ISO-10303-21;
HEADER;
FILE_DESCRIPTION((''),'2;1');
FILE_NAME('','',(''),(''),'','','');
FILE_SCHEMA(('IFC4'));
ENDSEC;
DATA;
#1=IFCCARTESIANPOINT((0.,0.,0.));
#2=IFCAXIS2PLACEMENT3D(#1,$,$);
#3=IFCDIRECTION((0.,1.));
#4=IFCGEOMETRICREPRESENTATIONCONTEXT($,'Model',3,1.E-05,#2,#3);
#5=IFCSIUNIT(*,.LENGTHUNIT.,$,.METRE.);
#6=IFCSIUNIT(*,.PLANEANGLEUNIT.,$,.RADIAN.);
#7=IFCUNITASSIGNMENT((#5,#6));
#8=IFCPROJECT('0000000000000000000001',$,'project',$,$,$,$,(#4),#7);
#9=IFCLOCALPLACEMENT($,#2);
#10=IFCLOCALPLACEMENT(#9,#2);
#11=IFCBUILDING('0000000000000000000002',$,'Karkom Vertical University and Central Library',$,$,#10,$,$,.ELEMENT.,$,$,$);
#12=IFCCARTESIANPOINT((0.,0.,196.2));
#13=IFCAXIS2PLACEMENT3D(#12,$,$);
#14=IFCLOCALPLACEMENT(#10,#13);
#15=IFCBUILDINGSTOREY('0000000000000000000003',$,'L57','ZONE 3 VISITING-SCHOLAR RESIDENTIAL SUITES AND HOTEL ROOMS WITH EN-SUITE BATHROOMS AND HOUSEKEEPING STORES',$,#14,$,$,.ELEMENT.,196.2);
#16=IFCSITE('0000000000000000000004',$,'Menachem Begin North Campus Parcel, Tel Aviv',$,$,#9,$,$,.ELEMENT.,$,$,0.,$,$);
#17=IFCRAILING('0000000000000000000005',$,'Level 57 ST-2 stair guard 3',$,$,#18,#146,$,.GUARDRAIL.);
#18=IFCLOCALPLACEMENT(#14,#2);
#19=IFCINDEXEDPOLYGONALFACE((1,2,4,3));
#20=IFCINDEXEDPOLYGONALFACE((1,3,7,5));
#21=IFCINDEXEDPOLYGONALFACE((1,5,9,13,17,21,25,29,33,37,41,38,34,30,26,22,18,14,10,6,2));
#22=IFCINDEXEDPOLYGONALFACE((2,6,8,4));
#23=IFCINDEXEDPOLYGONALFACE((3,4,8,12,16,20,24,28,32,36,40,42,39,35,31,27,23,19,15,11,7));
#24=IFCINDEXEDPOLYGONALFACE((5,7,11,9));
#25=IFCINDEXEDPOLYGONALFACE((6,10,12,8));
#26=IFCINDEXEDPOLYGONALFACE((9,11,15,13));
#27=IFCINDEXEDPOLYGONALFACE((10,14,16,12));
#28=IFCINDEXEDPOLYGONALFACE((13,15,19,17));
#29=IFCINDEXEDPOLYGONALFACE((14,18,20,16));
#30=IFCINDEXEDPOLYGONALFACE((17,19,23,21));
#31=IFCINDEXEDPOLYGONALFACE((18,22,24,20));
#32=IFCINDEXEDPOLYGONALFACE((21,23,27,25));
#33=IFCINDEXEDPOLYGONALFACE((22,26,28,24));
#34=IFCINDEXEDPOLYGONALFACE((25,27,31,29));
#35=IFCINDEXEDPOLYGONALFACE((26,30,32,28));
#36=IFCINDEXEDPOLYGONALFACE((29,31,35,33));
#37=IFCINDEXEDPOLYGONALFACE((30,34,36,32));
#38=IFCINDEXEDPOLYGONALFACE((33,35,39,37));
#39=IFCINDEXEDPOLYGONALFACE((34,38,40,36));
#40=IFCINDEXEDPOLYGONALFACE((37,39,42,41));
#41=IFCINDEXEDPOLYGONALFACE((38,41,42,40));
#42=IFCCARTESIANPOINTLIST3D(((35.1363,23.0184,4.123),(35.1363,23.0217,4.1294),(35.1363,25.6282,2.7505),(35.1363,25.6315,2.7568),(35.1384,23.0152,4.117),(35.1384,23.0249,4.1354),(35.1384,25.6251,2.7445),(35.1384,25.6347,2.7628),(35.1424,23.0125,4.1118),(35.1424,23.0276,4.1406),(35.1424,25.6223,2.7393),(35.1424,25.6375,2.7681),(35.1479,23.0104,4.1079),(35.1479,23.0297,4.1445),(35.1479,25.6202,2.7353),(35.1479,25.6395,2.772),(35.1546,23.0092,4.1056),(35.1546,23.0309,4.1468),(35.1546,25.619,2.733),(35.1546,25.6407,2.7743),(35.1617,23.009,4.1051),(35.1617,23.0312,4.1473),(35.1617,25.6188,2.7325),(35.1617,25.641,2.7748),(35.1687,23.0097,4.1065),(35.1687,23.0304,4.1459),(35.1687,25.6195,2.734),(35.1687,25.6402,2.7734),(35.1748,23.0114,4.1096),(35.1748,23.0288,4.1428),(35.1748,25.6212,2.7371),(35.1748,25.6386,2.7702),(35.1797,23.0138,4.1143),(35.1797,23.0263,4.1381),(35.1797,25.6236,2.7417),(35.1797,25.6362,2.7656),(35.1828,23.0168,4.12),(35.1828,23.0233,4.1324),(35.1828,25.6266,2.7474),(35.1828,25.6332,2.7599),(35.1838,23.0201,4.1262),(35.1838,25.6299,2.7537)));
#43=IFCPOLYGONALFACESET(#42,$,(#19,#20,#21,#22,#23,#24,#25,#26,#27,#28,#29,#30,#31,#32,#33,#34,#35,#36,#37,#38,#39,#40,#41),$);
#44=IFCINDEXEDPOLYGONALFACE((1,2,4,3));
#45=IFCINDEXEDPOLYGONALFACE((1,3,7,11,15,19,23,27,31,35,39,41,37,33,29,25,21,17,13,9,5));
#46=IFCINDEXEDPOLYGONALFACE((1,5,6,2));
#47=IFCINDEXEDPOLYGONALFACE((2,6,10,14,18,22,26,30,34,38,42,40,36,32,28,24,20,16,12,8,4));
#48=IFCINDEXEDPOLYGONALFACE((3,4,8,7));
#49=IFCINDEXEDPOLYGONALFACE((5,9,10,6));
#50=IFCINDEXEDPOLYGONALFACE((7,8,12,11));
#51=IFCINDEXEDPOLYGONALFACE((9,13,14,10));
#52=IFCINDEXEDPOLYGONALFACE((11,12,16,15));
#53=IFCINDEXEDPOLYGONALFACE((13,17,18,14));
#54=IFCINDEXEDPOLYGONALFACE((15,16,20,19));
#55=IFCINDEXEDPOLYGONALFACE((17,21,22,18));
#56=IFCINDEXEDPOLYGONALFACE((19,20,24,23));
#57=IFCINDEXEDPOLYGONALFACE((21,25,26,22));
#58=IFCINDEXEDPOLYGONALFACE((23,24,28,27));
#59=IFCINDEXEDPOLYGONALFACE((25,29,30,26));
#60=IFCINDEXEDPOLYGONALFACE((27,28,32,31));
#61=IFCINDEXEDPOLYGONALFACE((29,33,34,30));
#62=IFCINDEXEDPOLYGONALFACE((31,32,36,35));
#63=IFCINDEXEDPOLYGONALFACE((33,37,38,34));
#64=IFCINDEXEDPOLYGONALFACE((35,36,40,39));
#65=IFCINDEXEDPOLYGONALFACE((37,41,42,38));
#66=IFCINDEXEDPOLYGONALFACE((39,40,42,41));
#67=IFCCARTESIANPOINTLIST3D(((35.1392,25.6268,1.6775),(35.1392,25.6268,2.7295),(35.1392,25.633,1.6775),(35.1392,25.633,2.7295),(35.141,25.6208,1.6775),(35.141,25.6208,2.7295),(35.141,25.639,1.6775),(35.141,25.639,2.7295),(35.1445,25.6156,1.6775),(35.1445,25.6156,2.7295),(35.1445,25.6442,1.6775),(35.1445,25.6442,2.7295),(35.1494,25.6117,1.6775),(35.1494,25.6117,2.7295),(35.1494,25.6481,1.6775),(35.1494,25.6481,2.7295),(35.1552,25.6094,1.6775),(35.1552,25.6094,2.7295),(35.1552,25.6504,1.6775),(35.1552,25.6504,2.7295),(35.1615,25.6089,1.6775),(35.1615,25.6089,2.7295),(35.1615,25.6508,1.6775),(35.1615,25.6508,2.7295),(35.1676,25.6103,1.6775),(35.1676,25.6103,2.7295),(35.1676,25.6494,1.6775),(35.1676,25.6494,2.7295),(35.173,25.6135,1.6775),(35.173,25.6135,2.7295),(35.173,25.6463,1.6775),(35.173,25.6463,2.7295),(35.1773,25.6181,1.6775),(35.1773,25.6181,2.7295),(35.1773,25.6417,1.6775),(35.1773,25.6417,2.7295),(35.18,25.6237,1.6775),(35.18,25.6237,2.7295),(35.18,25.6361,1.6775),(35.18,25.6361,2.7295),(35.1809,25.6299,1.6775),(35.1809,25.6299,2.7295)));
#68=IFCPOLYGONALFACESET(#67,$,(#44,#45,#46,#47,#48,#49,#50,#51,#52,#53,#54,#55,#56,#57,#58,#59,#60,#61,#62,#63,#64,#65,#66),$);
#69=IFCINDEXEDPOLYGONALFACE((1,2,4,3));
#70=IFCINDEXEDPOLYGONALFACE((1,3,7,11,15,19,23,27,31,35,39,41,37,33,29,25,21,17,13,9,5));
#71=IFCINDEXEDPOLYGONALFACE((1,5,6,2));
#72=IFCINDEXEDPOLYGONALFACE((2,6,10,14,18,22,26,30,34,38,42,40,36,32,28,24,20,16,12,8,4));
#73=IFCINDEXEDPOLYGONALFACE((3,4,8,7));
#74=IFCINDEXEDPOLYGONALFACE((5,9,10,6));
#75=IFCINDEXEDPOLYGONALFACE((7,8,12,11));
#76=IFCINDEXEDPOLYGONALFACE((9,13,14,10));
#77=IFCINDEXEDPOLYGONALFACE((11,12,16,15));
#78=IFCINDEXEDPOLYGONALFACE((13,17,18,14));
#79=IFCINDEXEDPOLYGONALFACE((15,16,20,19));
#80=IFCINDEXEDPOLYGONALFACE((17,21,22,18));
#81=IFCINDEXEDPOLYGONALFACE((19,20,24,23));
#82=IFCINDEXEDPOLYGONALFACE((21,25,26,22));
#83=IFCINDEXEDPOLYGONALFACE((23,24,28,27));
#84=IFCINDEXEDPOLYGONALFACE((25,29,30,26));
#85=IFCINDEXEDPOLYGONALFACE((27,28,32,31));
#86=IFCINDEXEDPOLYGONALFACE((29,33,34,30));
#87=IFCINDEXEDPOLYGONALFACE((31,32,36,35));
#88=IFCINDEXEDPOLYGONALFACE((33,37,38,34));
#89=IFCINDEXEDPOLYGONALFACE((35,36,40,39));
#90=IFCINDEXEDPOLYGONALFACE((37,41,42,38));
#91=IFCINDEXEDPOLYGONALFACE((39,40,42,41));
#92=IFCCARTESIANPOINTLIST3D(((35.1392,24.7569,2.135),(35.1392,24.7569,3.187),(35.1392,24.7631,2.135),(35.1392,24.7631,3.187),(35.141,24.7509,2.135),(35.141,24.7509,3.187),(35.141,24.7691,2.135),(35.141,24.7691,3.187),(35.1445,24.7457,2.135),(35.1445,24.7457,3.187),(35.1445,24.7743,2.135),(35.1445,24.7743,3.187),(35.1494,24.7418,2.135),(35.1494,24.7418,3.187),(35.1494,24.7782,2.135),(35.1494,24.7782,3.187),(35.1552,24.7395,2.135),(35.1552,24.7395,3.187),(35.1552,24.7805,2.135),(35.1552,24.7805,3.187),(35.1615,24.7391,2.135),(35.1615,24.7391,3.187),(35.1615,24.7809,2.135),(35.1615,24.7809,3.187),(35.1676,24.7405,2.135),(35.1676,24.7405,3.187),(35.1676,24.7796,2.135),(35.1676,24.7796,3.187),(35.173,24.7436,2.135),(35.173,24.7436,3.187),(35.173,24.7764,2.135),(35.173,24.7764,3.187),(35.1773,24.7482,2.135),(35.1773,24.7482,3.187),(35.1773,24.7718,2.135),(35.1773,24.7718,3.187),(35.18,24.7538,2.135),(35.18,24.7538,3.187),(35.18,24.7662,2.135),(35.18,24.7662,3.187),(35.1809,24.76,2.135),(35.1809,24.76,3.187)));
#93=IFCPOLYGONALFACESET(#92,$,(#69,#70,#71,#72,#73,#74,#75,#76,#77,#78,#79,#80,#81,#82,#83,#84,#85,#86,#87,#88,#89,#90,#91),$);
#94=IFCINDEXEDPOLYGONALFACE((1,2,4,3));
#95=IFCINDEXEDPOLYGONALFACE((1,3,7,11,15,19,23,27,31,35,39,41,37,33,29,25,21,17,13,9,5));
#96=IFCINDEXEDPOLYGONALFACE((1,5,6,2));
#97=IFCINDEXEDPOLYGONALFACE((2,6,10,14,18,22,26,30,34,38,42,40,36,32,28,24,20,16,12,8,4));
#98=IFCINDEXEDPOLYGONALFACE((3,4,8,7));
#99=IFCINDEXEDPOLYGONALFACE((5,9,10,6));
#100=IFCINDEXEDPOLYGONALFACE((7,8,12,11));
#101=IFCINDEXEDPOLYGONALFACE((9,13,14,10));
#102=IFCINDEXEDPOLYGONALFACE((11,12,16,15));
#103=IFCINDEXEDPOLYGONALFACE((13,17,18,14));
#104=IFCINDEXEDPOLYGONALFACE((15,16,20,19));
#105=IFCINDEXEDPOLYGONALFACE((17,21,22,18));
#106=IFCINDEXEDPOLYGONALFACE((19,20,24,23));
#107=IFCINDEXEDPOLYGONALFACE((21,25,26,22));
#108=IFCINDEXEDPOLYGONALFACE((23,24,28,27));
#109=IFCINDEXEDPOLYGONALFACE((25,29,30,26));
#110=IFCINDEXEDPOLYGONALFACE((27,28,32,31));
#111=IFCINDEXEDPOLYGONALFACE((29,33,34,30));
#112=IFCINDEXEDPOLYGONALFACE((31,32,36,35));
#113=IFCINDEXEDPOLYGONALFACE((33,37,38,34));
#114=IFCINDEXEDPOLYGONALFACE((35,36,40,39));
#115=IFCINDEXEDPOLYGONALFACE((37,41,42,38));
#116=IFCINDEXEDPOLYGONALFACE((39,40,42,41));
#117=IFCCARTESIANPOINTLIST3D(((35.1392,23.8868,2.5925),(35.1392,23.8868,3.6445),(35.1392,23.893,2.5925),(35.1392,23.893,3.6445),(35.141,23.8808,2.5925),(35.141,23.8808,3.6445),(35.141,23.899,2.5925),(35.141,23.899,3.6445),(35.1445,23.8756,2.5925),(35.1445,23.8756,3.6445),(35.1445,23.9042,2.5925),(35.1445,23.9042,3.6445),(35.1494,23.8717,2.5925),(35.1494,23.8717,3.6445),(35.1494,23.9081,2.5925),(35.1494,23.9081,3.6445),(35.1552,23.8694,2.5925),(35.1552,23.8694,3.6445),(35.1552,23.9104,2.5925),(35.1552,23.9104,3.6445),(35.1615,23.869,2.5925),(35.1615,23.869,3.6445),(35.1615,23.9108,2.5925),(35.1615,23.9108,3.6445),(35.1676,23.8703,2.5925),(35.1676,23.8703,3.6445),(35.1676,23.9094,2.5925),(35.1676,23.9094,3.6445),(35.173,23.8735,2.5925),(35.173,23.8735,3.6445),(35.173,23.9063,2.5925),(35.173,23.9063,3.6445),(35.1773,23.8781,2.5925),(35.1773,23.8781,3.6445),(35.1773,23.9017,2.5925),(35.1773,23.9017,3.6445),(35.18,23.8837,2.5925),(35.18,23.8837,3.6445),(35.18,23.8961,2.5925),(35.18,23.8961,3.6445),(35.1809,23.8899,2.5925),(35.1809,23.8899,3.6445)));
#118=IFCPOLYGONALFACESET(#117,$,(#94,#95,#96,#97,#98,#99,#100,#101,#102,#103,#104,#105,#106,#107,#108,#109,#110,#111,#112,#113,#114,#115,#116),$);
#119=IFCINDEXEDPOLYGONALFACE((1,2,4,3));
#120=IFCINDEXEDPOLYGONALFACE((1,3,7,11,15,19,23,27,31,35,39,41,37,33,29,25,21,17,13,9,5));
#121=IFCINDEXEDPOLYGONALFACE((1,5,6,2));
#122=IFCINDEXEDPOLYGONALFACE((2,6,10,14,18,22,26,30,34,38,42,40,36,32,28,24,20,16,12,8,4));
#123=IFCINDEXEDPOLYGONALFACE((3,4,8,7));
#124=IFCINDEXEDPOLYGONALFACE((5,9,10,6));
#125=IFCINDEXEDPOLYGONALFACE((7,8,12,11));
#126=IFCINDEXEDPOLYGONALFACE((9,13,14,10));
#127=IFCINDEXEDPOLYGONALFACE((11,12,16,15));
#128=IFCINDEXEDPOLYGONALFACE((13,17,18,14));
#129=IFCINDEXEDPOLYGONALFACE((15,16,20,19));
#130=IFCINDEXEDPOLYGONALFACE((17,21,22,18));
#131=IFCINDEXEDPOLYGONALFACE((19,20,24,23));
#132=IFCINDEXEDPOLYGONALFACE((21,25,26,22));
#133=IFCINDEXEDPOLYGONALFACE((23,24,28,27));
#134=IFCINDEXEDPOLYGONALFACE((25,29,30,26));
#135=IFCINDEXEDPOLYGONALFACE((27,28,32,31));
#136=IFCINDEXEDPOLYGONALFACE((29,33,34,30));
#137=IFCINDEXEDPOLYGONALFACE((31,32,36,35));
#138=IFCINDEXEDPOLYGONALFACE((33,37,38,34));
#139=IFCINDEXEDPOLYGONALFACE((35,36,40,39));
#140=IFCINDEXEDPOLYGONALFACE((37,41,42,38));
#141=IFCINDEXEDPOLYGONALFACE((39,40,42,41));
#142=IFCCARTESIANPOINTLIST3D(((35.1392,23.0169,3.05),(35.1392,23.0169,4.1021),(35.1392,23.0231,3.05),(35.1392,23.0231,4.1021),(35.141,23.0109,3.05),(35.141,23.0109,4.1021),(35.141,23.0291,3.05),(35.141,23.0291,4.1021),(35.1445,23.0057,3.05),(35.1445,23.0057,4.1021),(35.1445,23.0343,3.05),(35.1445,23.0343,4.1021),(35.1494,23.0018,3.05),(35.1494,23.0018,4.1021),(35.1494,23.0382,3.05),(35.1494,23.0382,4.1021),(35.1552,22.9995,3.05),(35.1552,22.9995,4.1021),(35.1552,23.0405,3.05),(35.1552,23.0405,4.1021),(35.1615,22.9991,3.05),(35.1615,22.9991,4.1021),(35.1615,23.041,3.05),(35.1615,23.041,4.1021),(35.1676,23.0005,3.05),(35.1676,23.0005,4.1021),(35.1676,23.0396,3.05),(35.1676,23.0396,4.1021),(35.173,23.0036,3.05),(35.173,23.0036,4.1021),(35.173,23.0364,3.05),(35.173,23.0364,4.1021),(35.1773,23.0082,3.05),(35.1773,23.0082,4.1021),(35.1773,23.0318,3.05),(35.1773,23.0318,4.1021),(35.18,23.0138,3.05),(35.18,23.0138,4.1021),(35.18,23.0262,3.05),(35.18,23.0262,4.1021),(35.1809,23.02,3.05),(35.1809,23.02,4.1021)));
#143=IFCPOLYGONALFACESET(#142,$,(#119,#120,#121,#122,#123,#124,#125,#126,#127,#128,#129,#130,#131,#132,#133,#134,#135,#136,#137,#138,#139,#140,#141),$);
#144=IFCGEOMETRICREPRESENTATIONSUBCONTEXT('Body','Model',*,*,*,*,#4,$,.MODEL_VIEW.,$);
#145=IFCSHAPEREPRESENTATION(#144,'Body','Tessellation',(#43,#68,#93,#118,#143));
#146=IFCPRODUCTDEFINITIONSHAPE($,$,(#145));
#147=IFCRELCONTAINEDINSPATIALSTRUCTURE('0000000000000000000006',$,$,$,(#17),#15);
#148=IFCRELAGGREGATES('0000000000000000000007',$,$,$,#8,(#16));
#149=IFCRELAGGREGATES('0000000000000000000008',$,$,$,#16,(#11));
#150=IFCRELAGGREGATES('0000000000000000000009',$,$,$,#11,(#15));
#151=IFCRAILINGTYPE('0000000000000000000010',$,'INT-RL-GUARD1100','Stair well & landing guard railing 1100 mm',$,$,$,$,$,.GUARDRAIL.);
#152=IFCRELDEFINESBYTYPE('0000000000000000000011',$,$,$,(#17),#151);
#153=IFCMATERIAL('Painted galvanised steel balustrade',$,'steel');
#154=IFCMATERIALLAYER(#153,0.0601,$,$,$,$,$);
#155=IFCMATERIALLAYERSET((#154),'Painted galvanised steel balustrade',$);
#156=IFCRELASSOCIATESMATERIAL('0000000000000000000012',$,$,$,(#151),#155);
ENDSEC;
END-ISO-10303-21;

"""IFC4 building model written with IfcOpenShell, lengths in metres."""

from ifc_helpers import new_model, si_unit, direction, frame, origin, origin_2d, place, context, subcontext, project, spatial, circle, extrude, material, layer, layer_set, type_object, element, save


model = new_model("IFC4")

# Units and contexts
model_context = context("Model", 3, precision=1e-05, world=origin(), true_north=direction((0.0, 1.0)))
body_context = subcontext(model_context, "Body", "Model", "MODEL_VIEW")
ifc_project = project(units=[si_unit("LENGTHUNIT", "METRE"), si_unit("PLANEANGLEUNIT", "RADIAN")], contexts=[model_context])

# Site, building, storey
site_placement = place(None, origin())
site = spatial("IfcSite", under=ifc_project, at=site_placement, Name="Menachem Begin North Campus Parcel, Tel Aviv", CompositionType="ELEMENT", RefElevation=0.0)
building_placement = place(site_placement, origin())
building = spatial("IfcBuilding", under=site, at=building_placement, Name="Karkom Vertical University and Central Library", CompositionType="ELEMENT")
storey_placement = place(building_placement, frame((0.0, 0.0, 196.2)))
storey = spatial("IfcBuildingStorey", under=building, at=storey_placement, Name="L57", Description="ZONE 3 VISITING-SCHOLAR RESIDENTIAL SUITES AND HOTEL ROOMS WITH EN-SUITE BATHROOMS AND HOUSEKEEPING STORES", CompositionType="ELEMENT", Elevation=196.2)

# Railing
ifc_material_1 = material(Name="Painted galvanised steel balustrade", Category="steel")
ifc_layer_1 = layer(ifc_material_1, 0.0601)
ifc_layer_set_1 = layer_set([ifc_layer_1], Name="Painted galvanised steel balustrade")
railing_type_1 = type_object("IfcRailingType", Name="INT-RL-GUARD1100", Description="Stair well & landing guard railing 1100 mm", PredefinedType="GUARDRAIL", material=ifc_layer_set_1)
railing_1_placement = place(storey_placement, frame((35.1599, 25.6299, 1.6775)))
element("IfcRailing", 1, at=railing_1_placement, inside=storey, type_object=railing_type_1, Name="Level 57 ST-2 stair guard 3", PredefinedType="GUARDRAIL", context=body_context, shape_type="SweptSolid", body=[
    extrude(circle(Radius=0.0239, at=origin_2d()), frame((0.0, 0.0, 1.0762), z_axis=(0.0, -0.885065, 0.465467), x_axis=(1.0, 0.0, 0.0)), (0.0, 0.0, 1.0), 2.9487),
    extrude(circle(Radius=0.021, at=origin_2d()), origin(), (0.0, 0.0, 1.0), 1.052),
    extrude(circle(Radius=0.021, at=origin_2d()), frame((0.0, -0.8699, 0.4575)), (0.0, 0.0, 1.0), 1.052),
    extrude(circle(Radius=0.021, at=origin_2d()), frame((0.0, -1.74, 0.915)), (0.0, 0.0, 1.0), 1.052),
    extrude(circle(Radius=0.021, at=origin_2d()), frame((0.0, -2.6099, 1.3726)), (0.0, 0.0, 1.0), 1.052),
])

save(model, "model.ifc")
